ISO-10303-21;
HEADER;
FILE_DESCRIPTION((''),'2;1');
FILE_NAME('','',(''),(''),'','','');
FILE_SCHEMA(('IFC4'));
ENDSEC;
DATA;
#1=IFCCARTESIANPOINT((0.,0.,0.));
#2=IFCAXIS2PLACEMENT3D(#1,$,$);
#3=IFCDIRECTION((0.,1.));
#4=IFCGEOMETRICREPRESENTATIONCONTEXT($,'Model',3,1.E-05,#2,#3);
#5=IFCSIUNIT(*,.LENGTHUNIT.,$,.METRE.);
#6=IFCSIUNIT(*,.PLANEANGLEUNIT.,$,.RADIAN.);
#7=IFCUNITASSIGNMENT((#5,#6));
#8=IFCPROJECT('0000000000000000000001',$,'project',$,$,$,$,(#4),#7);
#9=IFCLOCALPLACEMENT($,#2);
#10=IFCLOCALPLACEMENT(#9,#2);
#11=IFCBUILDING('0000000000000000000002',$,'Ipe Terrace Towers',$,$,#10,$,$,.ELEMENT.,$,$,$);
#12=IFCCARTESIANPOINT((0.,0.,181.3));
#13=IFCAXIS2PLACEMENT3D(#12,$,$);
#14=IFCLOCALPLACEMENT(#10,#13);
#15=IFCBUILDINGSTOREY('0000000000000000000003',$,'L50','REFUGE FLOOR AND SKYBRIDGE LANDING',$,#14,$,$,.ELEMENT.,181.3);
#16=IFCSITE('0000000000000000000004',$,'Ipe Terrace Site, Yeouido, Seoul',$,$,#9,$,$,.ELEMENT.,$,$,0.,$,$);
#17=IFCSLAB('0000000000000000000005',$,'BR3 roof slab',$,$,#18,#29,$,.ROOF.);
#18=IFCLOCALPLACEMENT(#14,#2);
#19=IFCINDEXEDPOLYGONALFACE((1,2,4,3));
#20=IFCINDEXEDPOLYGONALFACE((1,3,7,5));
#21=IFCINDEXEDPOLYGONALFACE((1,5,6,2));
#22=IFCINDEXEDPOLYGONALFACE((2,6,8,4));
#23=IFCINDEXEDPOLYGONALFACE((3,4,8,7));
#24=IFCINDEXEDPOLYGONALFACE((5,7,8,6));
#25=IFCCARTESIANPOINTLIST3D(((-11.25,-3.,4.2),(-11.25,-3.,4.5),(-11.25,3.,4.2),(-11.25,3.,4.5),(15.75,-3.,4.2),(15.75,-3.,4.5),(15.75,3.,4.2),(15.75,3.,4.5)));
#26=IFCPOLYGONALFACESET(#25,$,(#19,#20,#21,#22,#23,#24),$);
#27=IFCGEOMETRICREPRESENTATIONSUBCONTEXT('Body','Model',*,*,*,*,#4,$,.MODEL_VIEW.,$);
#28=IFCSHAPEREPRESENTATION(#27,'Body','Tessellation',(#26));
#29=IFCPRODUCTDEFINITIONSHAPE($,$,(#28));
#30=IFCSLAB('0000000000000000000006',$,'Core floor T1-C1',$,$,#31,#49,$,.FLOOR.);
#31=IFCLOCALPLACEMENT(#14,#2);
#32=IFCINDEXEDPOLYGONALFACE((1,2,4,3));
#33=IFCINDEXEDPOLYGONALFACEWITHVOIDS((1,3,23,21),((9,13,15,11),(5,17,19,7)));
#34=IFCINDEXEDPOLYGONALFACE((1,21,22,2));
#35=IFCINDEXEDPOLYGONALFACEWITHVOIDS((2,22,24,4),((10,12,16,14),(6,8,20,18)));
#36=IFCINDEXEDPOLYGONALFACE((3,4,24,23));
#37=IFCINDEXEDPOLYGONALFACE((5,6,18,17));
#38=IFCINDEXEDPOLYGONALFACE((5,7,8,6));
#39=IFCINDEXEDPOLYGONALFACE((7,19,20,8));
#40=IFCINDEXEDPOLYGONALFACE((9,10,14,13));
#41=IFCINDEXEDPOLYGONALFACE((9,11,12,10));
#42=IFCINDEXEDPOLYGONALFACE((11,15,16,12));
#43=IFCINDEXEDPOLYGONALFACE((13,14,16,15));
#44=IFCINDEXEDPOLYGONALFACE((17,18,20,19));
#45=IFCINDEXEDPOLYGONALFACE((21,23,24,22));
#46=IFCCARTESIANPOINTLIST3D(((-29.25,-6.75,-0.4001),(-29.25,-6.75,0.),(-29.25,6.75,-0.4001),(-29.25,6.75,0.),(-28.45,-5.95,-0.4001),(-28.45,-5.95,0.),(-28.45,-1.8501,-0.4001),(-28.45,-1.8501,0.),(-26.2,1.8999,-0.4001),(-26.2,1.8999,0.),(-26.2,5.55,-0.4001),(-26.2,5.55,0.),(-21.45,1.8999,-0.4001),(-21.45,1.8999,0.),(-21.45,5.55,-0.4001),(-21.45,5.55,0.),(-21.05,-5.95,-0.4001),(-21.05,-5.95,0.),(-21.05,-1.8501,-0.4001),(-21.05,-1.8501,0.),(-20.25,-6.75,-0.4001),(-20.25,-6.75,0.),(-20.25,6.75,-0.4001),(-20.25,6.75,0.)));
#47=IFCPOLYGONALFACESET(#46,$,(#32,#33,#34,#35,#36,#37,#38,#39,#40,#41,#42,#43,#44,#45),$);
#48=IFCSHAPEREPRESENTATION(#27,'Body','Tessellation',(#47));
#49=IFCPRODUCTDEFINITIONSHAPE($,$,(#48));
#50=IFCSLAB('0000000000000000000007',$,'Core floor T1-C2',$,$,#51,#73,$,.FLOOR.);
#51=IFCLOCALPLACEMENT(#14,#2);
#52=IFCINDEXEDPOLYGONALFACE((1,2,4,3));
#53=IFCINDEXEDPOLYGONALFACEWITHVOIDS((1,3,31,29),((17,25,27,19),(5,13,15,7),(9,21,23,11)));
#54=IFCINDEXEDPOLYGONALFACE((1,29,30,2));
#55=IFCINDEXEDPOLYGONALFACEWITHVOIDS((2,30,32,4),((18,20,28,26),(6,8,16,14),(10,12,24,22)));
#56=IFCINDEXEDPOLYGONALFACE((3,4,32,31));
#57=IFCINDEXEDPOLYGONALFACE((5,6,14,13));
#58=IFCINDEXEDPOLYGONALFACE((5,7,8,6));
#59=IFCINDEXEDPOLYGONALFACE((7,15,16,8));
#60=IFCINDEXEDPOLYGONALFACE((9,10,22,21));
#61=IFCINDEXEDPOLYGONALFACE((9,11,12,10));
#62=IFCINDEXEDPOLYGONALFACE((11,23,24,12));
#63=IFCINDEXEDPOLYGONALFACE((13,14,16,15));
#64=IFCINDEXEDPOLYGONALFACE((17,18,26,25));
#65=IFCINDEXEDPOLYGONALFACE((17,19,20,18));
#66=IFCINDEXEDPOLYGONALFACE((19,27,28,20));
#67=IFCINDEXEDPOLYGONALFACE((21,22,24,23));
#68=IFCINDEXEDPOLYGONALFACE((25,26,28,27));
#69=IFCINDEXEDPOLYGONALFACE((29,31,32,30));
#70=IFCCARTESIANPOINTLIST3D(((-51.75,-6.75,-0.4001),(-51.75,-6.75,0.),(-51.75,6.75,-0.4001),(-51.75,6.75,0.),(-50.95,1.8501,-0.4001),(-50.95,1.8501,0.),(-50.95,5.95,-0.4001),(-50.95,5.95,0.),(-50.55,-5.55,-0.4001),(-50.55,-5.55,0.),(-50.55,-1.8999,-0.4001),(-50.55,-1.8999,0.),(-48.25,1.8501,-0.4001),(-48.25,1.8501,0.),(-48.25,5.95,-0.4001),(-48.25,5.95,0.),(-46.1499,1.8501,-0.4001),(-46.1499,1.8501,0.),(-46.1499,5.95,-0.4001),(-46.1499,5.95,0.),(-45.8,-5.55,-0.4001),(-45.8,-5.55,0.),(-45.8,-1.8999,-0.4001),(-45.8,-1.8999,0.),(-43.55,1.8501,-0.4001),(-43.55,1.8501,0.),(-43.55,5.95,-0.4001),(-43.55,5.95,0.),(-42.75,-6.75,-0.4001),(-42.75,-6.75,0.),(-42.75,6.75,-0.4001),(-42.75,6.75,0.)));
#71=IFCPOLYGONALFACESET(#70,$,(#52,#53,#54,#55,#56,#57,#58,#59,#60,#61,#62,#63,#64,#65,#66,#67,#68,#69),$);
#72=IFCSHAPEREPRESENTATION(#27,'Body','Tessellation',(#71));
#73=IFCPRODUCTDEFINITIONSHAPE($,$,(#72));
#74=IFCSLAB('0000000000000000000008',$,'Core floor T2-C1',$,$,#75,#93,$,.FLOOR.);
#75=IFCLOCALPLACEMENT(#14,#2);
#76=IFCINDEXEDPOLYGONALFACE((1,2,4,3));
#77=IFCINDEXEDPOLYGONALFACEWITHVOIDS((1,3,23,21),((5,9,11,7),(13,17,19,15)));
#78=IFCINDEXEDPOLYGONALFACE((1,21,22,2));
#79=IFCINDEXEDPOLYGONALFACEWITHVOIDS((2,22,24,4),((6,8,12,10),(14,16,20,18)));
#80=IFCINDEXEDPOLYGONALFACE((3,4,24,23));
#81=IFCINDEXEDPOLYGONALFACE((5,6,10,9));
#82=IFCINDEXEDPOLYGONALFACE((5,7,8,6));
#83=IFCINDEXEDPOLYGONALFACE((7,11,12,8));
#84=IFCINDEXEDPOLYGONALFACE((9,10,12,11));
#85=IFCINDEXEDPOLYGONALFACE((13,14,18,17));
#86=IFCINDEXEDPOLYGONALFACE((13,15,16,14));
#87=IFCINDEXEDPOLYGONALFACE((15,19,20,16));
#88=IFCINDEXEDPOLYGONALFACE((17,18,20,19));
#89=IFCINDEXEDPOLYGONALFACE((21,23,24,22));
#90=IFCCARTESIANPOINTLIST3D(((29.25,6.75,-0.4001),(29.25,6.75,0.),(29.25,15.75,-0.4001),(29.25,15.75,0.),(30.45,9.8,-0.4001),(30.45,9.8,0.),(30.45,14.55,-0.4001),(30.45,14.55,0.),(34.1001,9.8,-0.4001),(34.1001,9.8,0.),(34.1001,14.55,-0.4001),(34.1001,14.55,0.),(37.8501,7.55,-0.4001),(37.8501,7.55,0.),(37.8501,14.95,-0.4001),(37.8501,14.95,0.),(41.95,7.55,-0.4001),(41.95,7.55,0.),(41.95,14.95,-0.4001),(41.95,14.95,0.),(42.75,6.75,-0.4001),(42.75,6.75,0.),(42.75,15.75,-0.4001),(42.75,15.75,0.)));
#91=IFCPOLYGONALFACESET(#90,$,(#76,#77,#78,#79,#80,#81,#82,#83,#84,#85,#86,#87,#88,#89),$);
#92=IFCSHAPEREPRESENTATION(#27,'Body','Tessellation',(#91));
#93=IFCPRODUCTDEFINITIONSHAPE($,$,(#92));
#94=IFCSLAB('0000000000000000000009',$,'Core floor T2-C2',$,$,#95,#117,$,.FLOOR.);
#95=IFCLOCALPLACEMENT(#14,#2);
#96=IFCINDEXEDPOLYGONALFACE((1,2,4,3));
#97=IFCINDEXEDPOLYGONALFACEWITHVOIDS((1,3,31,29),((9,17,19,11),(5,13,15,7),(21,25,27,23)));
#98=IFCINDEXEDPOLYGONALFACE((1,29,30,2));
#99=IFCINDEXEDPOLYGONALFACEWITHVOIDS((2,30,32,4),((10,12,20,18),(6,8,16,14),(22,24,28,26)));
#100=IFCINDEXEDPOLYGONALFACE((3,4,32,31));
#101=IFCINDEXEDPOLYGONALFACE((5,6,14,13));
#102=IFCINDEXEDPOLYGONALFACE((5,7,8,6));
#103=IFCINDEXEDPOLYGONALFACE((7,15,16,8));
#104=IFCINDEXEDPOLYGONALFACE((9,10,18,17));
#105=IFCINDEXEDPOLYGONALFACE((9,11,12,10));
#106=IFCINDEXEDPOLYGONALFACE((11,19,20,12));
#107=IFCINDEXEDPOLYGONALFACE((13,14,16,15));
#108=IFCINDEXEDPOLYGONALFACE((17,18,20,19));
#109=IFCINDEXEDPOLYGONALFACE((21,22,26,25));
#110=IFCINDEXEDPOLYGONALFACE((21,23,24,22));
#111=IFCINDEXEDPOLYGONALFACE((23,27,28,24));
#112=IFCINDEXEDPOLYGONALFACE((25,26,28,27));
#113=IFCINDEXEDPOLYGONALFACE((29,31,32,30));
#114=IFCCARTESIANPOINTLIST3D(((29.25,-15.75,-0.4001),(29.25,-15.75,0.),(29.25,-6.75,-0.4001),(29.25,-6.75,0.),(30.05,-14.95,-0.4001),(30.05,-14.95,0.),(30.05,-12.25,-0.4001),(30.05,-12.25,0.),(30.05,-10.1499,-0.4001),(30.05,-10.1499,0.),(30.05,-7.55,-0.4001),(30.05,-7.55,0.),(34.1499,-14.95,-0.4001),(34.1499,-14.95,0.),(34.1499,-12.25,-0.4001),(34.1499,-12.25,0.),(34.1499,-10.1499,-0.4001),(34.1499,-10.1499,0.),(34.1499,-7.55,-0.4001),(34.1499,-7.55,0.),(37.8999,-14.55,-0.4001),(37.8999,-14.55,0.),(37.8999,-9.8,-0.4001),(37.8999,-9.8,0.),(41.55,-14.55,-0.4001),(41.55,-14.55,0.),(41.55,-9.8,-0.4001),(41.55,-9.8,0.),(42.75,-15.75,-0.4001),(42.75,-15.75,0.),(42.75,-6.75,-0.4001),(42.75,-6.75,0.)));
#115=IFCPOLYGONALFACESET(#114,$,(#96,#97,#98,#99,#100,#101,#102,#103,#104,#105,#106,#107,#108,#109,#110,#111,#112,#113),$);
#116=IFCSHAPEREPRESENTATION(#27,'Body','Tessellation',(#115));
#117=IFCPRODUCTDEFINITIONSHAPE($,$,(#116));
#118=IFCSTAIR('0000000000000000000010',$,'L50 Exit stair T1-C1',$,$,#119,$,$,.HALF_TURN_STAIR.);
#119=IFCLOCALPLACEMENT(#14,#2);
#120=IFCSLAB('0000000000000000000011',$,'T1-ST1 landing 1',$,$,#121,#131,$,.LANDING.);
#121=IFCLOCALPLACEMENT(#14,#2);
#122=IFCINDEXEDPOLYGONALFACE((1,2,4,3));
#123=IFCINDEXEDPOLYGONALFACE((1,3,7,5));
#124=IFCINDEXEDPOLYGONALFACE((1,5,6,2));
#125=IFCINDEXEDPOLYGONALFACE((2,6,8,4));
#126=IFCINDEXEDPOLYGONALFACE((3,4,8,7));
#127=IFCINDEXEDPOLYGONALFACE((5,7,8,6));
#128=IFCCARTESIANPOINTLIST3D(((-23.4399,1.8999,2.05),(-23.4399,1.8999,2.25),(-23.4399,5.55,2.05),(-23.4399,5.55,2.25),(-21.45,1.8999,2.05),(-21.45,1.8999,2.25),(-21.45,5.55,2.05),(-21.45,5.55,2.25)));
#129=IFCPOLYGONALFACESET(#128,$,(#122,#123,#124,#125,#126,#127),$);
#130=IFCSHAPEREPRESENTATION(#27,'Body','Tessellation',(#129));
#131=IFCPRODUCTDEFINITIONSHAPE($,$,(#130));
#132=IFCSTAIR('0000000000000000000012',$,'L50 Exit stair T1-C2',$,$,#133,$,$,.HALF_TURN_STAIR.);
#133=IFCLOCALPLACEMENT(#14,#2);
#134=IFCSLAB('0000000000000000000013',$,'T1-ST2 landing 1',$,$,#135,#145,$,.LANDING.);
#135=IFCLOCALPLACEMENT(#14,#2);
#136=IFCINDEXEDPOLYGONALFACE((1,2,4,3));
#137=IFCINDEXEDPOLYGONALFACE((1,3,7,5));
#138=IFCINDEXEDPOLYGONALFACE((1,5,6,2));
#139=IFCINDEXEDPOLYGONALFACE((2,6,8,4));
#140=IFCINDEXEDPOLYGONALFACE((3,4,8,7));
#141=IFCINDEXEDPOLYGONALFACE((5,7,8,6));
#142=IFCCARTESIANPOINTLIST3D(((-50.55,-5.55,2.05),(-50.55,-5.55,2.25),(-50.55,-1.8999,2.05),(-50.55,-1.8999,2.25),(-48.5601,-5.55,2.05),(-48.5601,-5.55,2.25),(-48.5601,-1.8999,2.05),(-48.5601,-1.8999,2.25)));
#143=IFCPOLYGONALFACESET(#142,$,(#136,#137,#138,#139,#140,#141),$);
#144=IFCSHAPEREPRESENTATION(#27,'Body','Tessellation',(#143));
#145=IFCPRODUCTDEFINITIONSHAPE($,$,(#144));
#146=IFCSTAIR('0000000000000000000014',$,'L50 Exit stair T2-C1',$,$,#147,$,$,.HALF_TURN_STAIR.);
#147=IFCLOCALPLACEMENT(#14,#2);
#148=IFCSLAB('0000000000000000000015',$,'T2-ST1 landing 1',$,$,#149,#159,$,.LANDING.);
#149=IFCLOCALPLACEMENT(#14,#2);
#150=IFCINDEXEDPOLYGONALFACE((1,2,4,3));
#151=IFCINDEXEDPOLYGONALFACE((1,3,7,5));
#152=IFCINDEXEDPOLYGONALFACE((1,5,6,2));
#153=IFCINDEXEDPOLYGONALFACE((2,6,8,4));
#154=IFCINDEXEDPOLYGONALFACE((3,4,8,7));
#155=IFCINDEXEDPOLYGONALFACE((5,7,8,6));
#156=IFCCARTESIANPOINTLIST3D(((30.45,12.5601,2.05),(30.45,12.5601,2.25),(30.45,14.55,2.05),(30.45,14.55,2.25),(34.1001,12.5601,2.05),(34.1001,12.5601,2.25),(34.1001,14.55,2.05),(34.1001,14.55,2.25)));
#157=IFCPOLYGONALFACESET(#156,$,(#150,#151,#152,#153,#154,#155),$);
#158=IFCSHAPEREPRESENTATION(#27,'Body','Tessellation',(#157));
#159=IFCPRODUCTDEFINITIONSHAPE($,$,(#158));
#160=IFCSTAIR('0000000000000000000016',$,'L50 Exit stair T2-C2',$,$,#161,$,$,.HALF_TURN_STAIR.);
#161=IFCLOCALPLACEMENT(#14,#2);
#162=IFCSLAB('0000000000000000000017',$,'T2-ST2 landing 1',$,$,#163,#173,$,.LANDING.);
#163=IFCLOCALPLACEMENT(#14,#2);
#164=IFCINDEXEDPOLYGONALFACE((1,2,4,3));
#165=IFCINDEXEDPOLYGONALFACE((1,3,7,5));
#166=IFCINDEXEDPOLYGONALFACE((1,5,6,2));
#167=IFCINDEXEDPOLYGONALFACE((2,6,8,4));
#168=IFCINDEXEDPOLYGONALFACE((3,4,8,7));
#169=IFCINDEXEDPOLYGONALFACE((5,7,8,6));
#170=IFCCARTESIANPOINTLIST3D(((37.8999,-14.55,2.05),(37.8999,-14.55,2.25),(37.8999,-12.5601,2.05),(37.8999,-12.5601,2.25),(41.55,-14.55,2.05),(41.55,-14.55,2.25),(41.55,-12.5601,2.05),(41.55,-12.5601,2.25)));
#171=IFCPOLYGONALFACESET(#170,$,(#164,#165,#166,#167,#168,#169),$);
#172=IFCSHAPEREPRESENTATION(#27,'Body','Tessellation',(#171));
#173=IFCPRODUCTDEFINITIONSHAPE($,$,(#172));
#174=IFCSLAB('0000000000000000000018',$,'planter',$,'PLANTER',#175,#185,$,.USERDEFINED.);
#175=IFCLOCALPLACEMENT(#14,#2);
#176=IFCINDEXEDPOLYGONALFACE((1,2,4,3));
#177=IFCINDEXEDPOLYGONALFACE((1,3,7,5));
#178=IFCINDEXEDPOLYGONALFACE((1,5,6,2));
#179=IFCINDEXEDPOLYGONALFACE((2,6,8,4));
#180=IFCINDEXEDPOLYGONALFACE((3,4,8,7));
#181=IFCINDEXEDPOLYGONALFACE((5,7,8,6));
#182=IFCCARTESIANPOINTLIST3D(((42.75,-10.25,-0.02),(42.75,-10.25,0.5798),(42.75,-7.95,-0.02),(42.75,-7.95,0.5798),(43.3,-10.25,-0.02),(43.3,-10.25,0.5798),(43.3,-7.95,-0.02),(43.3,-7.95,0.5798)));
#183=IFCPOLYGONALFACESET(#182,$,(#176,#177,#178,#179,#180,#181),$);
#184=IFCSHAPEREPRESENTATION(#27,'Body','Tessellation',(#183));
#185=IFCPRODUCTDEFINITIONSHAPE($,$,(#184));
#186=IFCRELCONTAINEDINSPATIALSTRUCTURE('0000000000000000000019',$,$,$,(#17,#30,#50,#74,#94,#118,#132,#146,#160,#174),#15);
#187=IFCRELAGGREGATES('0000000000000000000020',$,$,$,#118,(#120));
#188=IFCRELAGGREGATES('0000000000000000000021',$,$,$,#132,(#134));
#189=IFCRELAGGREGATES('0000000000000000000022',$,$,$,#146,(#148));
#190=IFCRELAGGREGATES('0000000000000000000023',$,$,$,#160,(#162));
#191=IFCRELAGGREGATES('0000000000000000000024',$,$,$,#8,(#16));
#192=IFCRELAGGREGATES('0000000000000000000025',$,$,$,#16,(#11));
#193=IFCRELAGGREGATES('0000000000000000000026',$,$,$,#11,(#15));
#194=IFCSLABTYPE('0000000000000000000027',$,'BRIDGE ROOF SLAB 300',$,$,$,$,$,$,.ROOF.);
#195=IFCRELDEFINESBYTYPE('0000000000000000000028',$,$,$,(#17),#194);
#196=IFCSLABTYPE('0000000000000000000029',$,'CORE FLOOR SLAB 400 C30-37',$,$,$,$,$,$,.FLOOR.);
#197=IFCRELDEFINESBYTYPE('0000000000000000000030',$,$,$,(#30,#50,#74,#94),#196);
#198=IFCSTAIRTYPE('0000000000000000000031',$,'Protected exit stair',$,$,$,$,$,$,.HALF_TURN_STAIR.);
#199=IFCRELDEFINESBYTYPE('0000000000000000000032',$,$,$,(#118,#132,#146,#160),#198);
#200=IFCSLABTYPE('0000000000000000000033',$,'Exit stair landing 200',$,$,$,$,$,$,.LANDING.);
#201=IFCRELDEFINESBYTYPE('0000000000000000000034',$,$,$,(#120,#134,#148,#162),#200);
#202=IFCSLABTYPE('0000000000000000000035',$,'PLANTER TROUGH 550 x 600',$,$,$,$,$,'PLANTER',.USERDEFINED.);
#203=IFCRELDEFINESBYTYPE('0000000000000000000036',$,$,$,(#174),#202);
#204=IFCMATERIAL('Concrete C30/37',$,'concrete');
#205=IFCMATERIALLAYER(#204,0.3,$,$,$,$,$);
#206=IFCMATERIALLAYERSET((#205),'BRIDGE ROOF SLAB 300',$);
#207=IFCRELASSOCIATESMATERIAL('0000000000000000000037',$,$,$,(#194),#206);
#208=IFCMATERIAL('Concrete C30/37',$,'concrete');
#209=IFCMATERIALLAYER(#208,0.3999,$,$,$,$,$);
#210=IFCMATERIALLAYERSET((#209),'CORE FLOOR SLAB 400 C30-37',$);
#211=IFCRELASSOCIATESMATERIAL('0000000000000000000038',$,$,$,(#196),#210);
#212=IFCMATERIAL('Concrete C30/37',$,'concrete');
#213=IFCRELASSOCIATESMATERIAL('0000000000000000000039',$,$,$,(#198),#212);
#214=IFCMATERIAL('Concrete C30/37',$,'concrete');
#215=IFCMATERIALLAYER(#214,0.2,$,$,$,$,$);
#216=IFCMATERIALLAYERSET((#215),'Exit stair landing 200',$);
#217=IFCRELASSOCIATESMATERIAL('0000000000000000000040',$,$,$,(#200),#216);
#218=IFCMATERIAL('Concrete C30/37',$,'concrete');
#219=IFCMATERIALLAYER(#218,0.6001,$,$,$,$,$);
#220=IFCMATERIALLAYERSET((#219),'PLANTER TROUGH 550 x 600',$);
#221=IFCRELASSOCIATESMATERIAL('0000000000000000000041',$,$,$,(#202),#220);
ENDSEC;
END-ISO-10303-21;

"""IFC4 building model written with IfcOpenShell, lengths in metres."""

from ifc_helpers import new_model, si_unit, direction, frame, origin, place, context, subcontext, project, spatial, polyline, outline, extrude, material, layer, layer_set, type_object, element, aggregate, save


model = new_model("IFC4")

# Units and contexts
model_context = context("Model", 3, precision=1e-05, world=origin(), true_north=direction((0.0, 1.0)))
body_context = subcontext(model_context, "Body", "Model", "MODEL_VIEW")
ifc_project = project(units=[si_unit("LENGTHUNIT", "METRE"), si_unit("PLANEANGLEUNIT", "RADIAN")], contexts=[model_context])

# Site, building, storey
site_placement = place(None, origin())
site = spatial("IfcSite", under=ifc_project, at=site_placement, Name="Ipe Terrace Site, Yeouido, Seoul", CompositionType="ELEMENT", RefElevation=0.0)
building_placement = place(site_placement, origin())
building = spatial("IfcBuilding", under=site, at=building_placement, Name="Ipe Terrace Towers", CompositionType="ELEMENT")
storey_placement = place(building_placement, frame((0.0, 0.0, 181.3)))
storey = spatial("IfcBuildingStorey", under=building, at=storey_placement, Name="L50", Description="REFUGE FLOOR AND SKYBRIDGE LANDING", CompositionType="ELEMENT", Elevation=181.3)

# Slabs
ifc_material_1 = material(Name="Concrete C30/37", Category="concrete")
ifc_layer_1 = layer(ifc_material_1, 0.3)
ifc_layer_set_1 = layer_set([ifc_layer_1], Name="BRIDGE ROOF SLAB 300")
slab_type_1 = type_object("IfcSlabType", Name="BRIDGE ROOF SLAB 300", PredefinedType="ROOF", material=ifc_layer_set_1)
slab_1_placement = place(storey_placement, frame((0.0, 0.0, 4.2)))
element("IfcSlab", 1, at=slab_1_placement, inside=storey, type_object=slab_type_1, Name="BR3 roof slab", PredefinedType="ROOF", context=body_context, shape_type="SweptSolid", body=[
    extrude(outline(polyline([(-11.25, -3.0), (15.75, -3.0), (15.75, 3.0), (-11.25, 3.0), (-11.25, -3.0)])), origin(), (0.0, 0.0, 1.0), 0.3),
])
ifc_material_2 = material(Name="Concrete C30/37", Category="concrete")
ifc_layer_2 = layer(ifc_material_2, 0.3999)
ifc_layer_set_2 = layer_set([ifc_layer_2], Name="CORE FLOOR SLAB 400 C30-37")
slab_type_2 = type_object("IfcSlabType", Name="CORE FLOOR SLAB 400 C30-37", PredefinedType="FLOOR", material=ifc_layer_set_2)
slab_2_placement = place(storey_placement, frame((0.0, 0.0, -0.4001)))
element("IfcSlab", 2, at=slab_2_placement, inside=storey, type_object=slab_type_2, Name="Core floor T1-C1", PredefinedType="FLOOR", context=body_context, shape_type="SweptSolid", body=[
    extrude(outline(polyline([(-29.25, -6.75), (-29.25, 6.75), (-20.25, 6.75), (-20.25, -6.75), (-29.25, -6.75)]), holes=[polyline([(-28.45, -5.95), (-21.05, -5.95), (-21.05, -1.8501), (-28.45, -1.8501), (-28.45, -5.95)]), polyline([(-26.2, 5.55), (-26.2, 1.8999), (-21.45, 1.8999), (-21.45, 5.55), (-26.2, 5.55)])]), origin(), (0.0, 0.0, 1.0), 0.4001),
])
slab_3_placement = place(storey_placement, frame((0.0, 0.0, -0.4001)))
element("IfcSlab", 3, at=slab_3_placement, inside=storey, type_object=slab_type_2, Name="Core floor T1-C2", PredefinedType="FLOOR", context=body_context, shape_type="SweptSolid", body=[
    extrude(outline(polyline([(-51.75, -6.75), (-51.75, 6.75), (-42.75, 6.75), (-42.75, -6.75), (-51.75, -6.75)]), holes=[polyline([(-45.8, -1.8999), (-50.55, -1.8999), (-50.55, -5.55), (-45.8, -5.55), (-45.8, -1.8999)]), polyline([(-48.25, 1.8501), (-48.25, 5.95), (-50.95, 5.95), (-50.95, 1.8501), (-48.25, 1.8501)]), polyline([(-43.55, 1.8501), (-43.55, 5.95), (-46.1499, 5.95), (-46.1499, 1.8501), (-43.55, 1.8501)])]), origin(), (0.0, 0.0, 1.0), 0.4001),
])
slab_4_placement = place(storey_placement, frame((0.0, 0.0, -0.4001)))
element("IfcSlab", 4, at=slab_4_placement, inside=storey, type_object=slab_type_2, Name="Core floor T2-C1", PredefinedType="FLOOR", context=body_context, shape_type="SweptSolid", body=[
    extrude(outline(polyline([(29.25, 6.75), (29.25, 15.75), (42.75, 15.75), (42.75, 6.75), (29.25, 6.75)]), holes=[polyline([(41.95, 7.55), (41.95, 14.95), (37.8501, 14.95), (37.8501, 7.55), (41.95, 7.55)]), polyline([(30.45, 9.8), (34.1001, 9.8), (34.1001, 14.55), (30.45, 14.55), (30.45, 9.8)])]), origin(), (0.0, 0.0, 1.0), 0.4001),
])
slab_5_placement = place(storey_placement, frame((0.0, 0.0, -0.4001)))
element("IfcSlab", 5, at=slab_5_placement, inside=storey, type_object=slab_type_2, Name="Core floor T2-C2", PredefinedType="FLOOR", context=body_context, shape_type="SweptSolid", body=[
    extrude(outline(polyline([(29.25, -15.75), (29.25, -6.75), (42.75, -6.75), (42.75, -15.75), (29.25, -15.75)]), holes=[polyline([(30.05, -12.25), (30.05, -14.95), (34.1499, -14.95), (34.1499, -12.25), (30.05, -12.25)]), polyline([(41.55, -9.8), (37.8999, -9.8), (37.8999, -14.55), (41.55, -14.55), (41.55, -9.8)]), polyline([(34.1499, -7.55), (30.05, -7.55), (30.05, -10.1499), (34.1499, -10.1499), (34.1499, -7.55)])]), origin(), (0.0, 0.0, 1.0), 0.4001),
])

# Stairs, slabs
ifc_material_3 = material(Name="Concrete C30/37", Category="concrete")
stair_type = type_object("IfcStairType", Name="Protected exit stair", PredefinedType="HALF_TURN_STAIR", material=ifc_material_3)
stair_1_placement = place(storey_placement, origin())
stair_1 = element("IfcStair", 6, at=stair_1_placement, inside=storey, type_object=stair_type, Name="L50 Exit stair T1-C1", PredefinedType="HALF_TURN_STAIR")
ifc_material_4 = material(Name="Concrete C30/37", Category="concrete")
ifc_layer_3 = layer(ifc_material_4, 0.2)
ifc_layer_set_3 = layer_set([ifc_layer_3], Name="Exit stair landing 200")
slab_type_3 = type_object("IfcSlabType", Name="Exit stair landing 200", PredefinedType="LANDING", material=ifc_layer_set_3)
slab_6_placement = place(storey_placement, frame((0.0, 0.0, 2.05)))
slab_6 = element("IfcSlab", 7, at=slab_6_placement, type_object=slab_type_3, Name="T1-ST1 landing 1", PredefinedType="LANDING", context=body_context, shape_type="SweptSolid", body=[
    extrude(outline(polyline([(-23.4399, 1.8999), (-21.45, 1.8999), (-21.45, 5.55), (-23.4399, 5.55), (-23.4399, 1.8999)])), origin(), (0.0, 0.0, 1.0), 0.2),
])
aggregate(stair_1, [slab_6])
stair_2_placement = place(storey_placement, origin())
stair_2 = element("IfcStair", 8, at=stair_2_placement, inside=storey, type_object=stair_type, Name="L50 Exit stair T1-C2", PredefinedType="HALF_TURN_STAIR")
slab_7_placement = place(storey_placement, frame((0.0, 0.0, 2.05)))
slab_7 = element("IfcSlab", 9, at=slab_7_placement, type_object=slab_type_3, Name="T1-ST2 landing 1", PredefinedType="LANDING", context=body_context, shape_type="SweptSolid", body=[
    extrude(outline(polyline([(-48.5601, -1.8999), (-50.55, -1.8999), (-50.55, -5.55), (-48.5601, -5.55), (-48.5601, -1.8999)])), origin(), (0.0, 0.0, 1.0), 0.2),
])
aggregate(stair_2, [slab_7])
stair_3_placement = place(storey_placement, origin())
stair_3 = element("IfcStair", 10, at=stair_3_placement, inside=storey, type_object=stair_type, Name="L50 Exit stair T2-C1", PredefinedType="HALF_TURN_STAIR")
slab_8_placement = place(storey_placement, frame((0.0, 0.0, 2.05)))
slab_8 = element("IfcSlab", 11, at=slab_8_placement, type_object=slab_type_3, Name="T2-ST1 landing 1", PredefinedType="LANDING", context=body_context, shape_type="SweptSolid", body=[
    extrude(outline(polyline([(34.1001, 12.5601), (34.1001, 14.55), (30.45, 14.55), (30.45, 12.5601), (34.1001, 12.5601)])), origin(), (0.0, 0.0, 1.0), 0.2),
])
aggregate(stair_3, [slab_8])
stair_4_placement = place(storey_placement, origin())
stair_4 = element("IfcStair", 12, at=stair_4_placement, inside=storey, type_object=stair_type, Name="L50 Exit stair T2-C2", PredefinedType="HALF_TURN_STAIR")
slab_9_placement = place(storey_placement, frame((0.0, 0.0, 2.05)))
slab_9 = element("IfcSlab", 13, at=slab_9_placement, type_object=slab_type_3, Name="T2-ST2 landing 1", PredefinedType="LANDING", context=body_context, shape_type="SweptSolid", body=[
    extrude(outline(polyline([(37.8999, -12.5601), (37.8999, -14.55), (41.55, -14.55), (41.55, -12.5601), (37.8999, -12.5601)])), origin(), (0.0, 0.0, 1.0), 0.2),
])
aggregate(stair_4, [slab_9])

# Slab
ifc_material_5 = material(Name="Concrete C30/37", Category="concrete")
ifc_layer_4 = layer(ifc_material_5, 0.6001)
ifc_layer_set_4 = layer_set([ifc_layer_4], Name="PLANTER TROUGH 550 x 600")
slab_type_4 = type_object("IfcSlabType", Name="PLANTER TROUGH 550 x 600", ElementType="PLANTER", PredefinedType="USERDEFINED", material=ifc_layer_set_4)
slab_10_placement = place(storey_placement, frame((0.0, 0.0, -0.02)))
element("IfcSlab", 14, at=slab_10_placement, inside=storey, type_object=slab_type_4, Name="planter", ObjectType="PLANTER", PredefinedType="USERDEFINED", context=body_context, shape_type="SweptSolid", body=[
    extrude(outline(polyline([(42.75, -7.95), (42.75, -10.25), (43.3, -10.25), (43.3, -7.95), (42.75, -7.95)])), origin(), (0.0, 0.0, 1.0), 0.5999),
])

save(model, "model.ifc")
